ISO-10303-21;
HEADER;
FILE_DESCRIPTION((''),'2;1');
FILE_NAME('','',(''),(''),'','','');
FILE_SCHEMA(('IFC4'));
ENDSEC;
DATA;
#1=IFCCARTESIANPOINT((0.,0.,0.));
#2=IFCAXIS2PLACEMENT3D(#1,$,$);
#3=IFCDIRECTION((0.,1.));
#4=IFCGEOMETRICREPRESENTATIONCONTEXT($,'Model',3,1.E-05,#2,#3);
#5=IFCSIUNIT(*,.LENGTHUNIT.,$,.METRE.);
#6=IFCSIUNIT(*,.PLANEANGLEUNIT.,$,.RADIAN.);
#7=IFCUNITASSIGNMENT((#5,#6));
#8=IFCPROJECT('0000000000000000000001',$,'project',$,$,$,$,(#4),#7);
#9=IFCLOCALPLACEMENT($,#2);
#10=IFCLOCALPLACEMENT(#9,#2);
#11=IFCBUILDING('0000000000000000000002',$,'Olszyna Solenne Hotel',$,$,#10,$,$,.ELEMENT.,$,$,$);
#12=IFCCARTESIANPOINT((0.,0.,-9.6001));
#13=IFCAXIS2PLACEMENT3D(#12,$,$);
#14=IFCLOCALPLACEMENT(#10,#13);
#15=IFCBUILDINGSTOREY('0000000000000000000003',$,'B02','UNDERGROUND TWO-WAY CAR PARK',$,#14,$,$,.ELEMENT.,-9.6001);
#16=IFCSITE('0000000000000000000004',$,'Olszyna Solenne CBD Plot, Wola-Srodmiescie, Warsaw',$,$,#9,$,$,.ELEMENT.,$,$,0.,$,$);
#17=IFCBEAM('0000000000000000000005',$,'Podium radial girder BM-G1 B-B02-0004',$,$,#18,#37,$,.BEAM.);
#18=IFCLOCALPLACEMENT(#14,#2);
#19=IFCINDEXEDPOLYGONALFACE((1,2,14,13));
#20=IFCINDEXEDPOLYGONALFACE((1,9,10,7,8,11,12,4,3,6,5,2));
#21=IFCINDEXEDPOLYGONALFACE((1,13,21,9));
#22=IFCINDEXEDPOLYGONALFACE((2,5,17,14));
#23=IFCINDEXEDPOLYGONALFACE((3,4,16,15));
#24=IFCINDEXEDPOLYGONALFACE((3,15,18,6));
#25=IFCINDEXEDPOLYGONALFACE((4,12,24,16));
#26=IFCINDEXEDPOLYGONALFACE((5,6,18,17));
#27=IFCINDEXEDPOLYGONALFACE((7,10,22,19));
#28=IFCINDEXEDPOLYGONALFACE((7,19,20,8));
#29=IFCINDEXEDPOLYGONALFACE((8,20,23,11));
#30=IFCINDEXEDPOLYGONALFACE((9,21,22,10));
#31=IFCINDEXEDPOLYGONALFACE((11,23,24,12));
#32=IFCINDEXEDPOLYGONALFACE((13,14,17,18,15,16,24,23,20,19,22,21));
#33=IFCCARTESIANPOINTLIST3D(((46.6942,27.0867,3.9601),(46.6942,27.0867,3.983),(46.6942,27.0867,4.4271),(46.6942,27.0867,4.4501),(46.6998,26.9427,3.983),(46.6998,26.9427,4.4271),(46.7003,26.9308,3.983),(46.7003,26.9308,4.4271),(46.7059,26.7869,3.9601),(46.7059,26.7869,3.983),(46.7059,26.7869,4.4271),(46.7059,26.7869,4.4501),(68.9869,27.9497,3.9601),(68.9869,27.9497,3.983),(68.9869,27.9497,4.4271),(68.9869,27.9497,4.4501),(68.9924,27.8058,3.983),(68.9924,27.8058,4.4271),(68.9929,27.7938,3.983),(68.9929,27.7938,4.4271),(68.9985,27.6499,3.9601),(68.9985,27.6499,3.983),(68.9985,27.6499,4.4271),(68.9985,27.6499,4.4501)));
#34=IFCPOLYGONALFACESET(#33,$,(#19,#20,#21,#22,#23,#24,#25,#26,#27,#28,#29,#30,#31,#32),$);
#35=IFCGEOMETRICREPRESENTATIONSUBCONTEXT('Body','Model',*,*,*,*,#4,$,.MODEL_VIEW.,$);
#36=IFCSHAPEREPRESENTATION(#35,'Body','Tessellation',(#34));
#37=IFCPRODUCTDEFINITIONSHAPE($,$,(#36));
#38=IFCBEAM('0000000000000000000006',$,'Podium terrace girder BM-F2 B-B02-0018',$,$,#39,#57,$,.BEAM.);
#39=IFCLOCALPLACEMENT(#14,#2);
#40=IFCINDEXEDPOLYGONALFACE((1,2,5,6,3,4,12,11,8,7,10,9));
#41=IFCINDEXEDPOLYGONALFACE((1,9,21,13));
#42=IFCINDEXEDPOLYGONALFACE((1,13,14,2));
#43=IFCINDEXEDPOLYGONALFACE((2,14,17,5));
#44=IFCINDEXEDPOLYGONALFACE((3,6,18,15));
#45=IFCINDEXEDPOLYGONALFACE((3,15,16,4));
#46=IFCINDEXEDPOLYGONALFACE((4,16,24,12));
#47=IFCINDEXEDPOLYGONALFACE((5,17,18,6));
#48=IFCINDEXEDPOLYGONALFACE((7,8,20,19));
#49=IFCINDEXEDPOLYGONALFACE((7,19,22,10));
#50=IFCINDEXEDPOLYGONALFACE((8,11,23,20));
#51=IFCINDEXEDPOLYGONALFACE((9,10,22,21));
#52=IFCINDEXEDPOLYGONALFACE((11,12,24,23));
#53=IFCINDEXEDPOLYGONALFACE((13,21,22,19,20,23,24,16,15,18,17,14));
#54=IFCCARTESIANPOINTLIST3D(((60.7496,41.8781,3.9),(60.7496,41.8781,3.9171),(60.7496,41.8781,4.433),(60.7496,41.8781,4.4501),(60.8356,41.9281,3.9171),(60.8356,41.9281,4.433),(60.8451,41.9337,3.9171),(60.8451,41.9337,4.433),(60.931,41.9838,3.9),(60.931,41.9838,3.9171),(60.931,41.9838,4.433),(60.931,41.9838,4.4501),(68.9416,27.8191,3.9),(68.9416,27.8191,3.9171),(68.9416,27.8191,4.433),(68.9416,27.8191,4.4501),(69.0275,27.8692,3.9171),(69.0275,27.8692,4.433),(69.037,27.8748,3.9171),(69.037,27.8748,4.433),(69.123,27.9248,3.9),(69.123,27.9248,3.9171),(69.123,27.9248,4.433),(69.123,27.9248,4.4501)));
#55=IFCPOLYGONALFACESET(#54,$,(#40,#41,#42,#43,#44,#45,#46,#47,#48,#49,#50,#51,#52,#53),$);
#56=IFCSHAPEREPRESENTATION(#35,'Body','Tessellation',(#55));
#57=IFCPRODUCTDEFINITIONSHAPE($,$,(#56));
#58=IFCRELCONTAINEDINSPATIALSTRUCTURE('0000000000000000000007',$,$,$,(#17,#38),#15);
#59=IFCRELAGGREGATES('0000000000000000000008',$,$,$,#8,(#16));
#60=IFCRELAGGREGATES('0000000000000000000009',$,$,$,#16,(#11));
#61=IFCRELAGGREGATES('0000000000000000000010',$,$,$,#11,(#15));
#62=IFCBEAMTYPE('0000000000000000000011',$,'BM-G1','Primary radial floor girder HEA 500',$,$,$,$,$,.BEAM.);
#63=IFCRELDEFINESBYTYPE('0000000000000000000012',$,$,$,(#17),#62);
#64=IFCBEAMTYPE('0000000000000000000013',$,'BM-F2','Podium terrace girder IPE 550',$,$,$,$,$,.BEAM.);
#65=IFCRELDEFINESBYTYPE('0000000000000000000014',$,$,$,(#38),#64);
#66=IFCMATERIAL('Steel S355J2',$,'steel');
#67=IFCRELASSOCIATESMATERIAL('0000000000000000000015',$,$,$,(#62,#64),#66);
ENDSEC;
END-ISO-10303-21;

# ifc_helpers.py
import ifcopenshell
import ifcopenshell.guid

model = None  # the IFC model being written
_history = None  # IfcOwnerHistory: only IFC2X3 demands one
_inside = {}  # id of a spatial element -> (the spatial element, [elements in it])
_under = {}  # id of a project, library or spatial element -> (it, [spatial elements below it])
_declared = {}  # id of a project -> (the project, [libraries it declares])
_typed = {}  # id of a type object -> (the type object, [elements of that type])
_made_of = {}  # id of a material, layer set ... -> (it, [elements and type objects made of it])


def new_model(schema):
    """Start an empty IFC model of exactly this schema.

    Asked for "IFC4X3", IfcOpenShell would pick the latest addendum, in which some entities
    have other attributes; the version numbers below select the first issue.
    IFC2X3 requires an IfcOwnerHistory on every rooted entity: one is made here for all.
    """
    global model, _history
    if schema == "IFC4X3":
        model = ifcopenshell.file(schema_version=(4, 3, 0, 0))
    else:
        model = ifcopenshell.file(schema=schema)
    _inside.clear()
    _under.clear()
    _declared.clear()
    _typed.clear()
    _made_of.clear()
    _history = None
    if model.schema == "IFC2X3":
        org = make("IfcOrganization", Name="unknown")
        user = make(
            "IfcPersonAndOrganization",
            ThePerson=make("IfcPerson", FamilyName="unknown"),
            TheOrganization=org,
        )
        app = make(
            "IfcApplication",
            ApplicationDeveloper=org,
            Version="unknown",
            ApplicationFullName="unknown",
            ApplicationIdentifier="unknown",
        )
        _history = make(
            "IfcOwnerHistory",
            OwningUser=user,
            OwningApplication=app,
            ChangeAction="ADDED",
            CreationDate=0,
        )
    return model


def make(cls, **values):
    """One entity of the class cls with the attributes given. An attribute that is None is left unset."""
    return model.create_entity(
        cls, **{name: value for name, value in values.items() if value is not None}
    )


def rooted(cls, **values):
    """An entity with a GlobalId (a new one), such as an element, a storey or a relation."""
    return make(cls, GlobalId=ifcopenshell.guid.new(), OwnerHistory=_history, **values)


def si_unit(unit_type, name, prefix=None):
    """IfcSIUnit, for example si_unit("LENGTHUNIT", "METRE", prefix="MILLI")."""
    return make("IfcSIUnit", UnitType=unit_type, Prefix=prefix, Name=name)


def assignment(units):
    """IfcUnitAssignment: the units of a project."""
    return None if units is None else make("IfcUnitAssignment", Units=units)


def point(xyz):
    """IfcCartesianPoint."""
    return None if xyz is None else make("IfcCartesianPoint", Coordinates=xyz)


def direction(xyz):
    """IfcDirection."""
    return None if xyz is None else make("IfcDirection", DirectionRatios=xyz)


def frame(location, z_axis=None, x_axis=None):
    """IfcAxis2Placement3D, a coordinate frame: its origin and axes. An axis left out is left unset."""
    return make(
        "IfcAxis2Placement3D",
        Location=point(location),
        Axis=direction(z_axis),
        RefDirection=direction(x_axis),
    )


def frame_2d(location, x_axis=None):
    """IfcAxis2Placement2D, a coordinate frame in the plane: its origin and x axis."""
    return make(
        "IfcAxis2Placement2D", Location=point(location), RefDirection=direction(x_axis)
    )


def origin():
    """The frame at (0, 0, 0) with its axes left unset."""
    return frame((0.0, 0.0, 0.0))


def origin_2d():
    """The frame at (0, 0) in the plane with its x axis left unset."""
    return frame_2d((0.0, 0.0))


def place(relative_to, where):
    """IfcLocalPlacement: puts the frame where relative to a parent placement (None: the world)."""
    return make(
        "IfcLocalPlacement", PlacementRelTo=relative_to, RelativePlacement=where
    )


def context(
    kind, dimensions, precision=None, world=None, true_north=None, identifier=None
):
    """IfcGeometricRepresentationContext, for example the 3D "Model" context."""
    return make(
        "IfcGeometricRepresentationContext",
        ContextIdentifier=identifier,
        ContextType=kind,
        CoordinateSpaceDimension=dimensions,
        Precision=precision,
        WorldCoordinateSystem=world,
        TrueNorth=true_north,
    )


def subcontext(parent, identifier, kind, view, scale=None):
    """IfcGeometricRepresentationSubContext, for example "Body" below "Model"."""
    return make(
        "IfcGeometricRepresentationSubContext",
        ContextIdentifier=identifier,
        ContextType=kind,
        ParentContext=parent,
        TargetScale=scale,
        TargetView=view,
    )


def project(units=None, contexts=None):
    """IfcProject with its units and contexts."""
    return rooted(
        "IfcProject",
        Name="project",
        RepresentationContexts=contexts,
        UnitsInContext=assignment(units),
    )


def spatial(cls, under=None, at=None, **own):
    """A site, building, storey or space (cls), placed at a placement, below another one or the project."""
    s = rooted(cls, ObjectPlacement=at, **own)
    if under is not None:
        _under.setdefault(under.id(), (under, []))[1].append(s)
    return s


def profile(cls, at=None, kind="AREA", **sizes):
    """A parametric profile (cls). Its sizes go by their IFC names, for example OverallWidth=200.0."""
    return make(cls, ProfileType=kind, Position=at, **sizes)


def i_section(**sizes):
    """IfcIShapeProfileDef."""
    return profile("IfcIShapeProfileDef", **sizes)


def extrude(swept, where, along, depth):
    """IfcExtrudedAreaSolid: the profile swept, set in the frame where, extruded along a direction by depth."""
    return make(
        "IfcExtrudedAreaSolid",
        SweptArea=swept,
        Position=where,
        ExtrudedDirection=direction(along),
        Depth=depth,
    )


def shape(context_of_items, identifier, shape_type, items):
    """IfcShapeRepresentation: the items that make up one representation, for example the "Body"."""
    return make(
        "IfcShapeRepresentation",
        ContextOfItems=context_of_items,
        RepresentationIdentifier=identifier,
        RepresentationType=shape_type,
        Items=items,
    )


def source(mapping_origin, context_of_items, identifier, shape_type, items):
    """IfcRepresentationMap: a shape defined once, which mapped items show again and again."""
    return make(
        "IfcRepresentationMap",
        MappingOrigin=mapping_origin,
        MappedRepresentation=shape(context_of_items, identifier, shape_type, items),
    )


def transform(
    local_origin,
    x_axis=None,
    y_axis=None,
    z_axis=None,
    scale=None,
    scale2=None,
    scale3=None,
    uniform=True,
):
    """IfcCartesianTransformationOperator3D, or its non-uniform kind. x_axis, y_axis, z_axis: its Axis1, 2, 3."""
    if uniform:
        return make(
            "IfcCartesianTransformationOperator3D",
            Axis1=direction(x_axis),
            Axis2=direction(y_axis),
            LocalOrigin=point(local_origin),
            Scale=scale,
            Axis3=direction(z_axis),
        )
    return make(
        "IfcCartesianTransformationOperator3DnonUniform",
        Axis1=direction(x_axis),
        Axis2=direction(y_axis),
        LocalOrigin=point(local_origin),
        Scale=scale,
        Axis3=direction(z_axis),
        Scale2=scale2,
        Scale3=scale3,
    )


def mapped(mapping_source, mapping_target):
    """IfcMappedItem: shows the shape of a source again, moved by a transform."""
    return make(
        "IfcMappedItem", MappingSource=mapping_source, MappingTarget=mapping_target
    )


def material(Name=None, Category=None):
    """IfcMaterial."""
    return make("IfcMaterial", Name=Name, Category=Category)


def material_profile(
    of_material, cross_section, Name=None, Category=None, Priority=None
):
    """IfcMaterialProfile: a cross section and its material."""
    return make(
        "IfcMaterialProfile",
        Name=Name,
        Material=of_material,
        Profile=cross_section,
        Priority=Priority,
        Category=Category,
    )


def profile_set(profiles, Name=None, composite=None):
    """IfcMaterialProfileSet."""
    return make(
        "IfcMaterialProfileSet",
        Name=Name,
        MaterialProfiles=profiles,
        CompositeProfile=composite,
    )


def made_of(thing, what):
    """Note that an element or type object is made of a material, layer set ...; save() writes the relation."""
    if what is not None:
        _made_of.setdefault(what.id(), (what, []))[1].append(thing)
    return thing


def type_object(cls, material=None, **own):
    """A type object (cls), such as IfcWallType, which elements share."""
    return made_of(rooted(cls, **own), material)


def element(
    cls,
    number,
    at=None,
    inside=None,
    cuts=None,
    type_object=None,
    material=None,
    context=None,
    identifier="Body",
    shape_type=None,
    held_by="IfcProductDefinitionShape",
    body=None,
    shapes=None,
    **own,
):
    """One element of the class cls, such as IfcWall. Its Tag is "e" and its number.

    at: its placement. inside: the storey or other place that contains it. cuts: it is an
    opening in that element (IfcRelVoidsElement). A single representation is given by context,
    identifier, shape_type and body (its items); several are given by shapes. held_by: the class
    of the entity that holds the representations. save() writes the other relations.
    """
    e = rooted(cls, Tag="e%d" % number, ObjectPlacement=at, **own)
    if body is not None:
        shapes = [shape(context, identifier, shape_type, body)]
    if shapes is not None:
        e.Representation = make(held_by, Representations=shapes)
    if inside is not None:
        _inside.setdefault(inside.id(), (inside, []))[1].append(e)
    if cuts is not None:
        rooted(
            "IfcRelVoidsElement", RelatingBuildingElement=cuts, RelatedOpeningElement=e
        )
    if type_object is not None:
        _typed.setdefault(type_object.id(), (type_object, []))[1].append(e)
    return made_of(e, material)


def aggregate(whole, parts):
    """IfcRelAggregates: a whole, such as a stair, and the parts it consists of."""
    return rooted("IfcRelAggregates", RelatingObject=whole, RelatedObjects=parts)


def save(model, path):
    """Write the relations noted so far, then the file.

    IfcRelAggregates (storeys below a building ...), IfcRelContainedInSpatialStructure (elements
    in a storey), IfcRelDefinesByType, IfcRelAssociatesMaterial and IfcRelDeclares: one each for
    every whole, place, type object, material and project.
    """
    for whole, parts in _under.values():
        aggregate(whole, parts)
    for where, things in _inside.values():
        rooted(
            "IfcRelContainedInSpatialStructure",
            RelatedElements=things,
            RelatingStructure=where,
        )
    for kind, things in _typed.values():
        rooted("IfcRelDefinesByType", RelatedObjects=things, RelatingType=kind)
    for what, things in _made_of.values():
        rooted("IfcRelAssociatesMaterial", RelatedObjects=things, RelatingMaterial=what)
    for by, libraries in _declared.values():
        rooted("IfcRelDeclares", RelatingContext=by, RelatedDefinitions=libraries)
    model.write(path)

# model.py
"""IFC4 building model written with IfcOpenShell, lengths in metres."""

from ifc_helpers import new_model, si_unit, direction, frame, origin, origin_2d, place, context, subcontext, project, spatial, i_section, extrude, source, transform, mapped, material, material_profile, profile_set, type_object, element, save


model = new_model("IFC4")

# Units and contexts
model_context = context("Model", 3, precision=1e-05, world=origin(), true_north=direction((0.0, 1.0)))
body_context = subcontext(model_context, "Body", "Model", "MODEL_VIEW")
ifc_project = project(units=[si_unit("LENGTHUNIT", "METRE"), si_unit("PLANEANGLEUNIT", "RADIAN")], contexts=[model_context])

# Site, building, storey
site_placement = place(None, origin())
site = spatial("IfcSite", under=ifc_project, at=site_placement, Name="Olszyna Solenne CBD Plot, Wola-Srodmiescie, Warsaw", CompositionType="ELEMENT", RefElevation=0.0)
building_placement = place(site_placement, origin())
building = spatial("IfcBuilding", under=site, at=building_placement, Name="Olszyna Solenne Hotel", CompositionType="ELEMENT")
storey_placement = place(building_placement, frame((0.0, 0.0, -9.6001)))
storey = spatial("IfcBuildingStorey", under=building, at=storey_placement, Name="B02", Description="UNDERGROUND TWO-WAY CAR PARK", CompositionType="ELEMENT", Elevation=-9.6001)

# Beams
ifc_material_1 = material(Name="Steel S355J2", Category="steel")
ifc_material_profile_1 = material_profile(ifc_material_1, i_section(OverallWidth=0.3, OverallDepth=0.49, WebThickness=0.012, FlangeThickness=0.0229, at=origin_2d()), Name="HEA 500", Category="load-bearing")
ifc_profile_set_1 = profile_set([ifc_material_profile_1], Name="Steel S355J2")
beam_type_1 = type_object("IfcBeamType", Name="BM-G1", Description="Primary radial floor girder HEA 500", PredefinedType="BEAM", material=ifc_profile_set_1)
shared_shape_1 = source(origin(), body_context, "Body", "SweptSolid", [
    extrude(i_section(OverallWidth=0.3, OverallDepth=0.49, WebThickness=0.012, FlangeThickness=0.0229, at=origin_2d()), origin(), (0.0, 0.0, 1.0), 22.3093),
])
beam_1_placement = place(storey_placement, frame((68.9927, 27.7998, 4.2051), z_axis=(-0.999251, -0.038685, 0.0), x_axis=(0.038685, -0.999251, 0.0)))
element("IfcBeam", 1, at=beam_1_placement, inside=storey, type_object=beam_type_1, Name="Podium radial girder BM-G1 B-B02-0004", PredefinedType="BEAM", context=body_context, shape_type="MappedRepresentation", body=[
    mapped(shared_shape_1, transform((0.0, 0.0, 0.0), x_axis=(1.0, 0.0, 0.0), y_axis=(0.0, 1.0, 0.0), z_axis=(0.0, 0.0, 1.0), scale=1.0)),
])
ifc_material_profile_2 = material_profile(ifc_material_1, i_section(OverallWidth=0.21, OverallDepth=0.55, WebThickness=0.011, FlangeThickness=0.0171, at=origin_2d()), Name="IPE 550", Category="load-bearing")
ifc_profile_set_2 = profile_set([ifc_material_profile_2], Name="Steel S355J2")
beam_type_2 = type_object("IfcBeamType", Name="BM-F2", Description="Podium terrace girder IPE 550", PredefinedType="BEAM", material=ifc_profile_set_2)
shared_shape_2 = source(origin(), body_context, "Body", "SweptSolid", [
    extrude(i_section(OverallWidth=0.21, OverallDepth=0.55, WebThickness=0.011, FlangeThickness=0.0171, at=origin_2d()), origin(), (0.0, 0.0, 1.0), 16.2715),
])
beam_2_placement = place(storey_placement, frame((60.8403, 41.9309, 4.175), z_axis=(0.503454, -0.864022, 0.0), x_axis=(0.864022, 0.503454, 0.0)))
element("IfcBeam", 2, at=beam_2_placement, inside=storey, type_object=beam_type_2, Name="Podium terrace girder BM-F2 B-B02-0018", PredefinedType="BEAM", context=body_context, shape_type="MappedRepresentation", body=[
    mapped(shared_shape_2, transform((0.0, 0.0, 0.0), x_axis=(1.0, 0.0, 0.0), y_axis=(0.0, 1.0, 0.0), z_axis=(0.0, 0.0, 1.0), scale=1.0)),
])

save(model, "model.ifc")
